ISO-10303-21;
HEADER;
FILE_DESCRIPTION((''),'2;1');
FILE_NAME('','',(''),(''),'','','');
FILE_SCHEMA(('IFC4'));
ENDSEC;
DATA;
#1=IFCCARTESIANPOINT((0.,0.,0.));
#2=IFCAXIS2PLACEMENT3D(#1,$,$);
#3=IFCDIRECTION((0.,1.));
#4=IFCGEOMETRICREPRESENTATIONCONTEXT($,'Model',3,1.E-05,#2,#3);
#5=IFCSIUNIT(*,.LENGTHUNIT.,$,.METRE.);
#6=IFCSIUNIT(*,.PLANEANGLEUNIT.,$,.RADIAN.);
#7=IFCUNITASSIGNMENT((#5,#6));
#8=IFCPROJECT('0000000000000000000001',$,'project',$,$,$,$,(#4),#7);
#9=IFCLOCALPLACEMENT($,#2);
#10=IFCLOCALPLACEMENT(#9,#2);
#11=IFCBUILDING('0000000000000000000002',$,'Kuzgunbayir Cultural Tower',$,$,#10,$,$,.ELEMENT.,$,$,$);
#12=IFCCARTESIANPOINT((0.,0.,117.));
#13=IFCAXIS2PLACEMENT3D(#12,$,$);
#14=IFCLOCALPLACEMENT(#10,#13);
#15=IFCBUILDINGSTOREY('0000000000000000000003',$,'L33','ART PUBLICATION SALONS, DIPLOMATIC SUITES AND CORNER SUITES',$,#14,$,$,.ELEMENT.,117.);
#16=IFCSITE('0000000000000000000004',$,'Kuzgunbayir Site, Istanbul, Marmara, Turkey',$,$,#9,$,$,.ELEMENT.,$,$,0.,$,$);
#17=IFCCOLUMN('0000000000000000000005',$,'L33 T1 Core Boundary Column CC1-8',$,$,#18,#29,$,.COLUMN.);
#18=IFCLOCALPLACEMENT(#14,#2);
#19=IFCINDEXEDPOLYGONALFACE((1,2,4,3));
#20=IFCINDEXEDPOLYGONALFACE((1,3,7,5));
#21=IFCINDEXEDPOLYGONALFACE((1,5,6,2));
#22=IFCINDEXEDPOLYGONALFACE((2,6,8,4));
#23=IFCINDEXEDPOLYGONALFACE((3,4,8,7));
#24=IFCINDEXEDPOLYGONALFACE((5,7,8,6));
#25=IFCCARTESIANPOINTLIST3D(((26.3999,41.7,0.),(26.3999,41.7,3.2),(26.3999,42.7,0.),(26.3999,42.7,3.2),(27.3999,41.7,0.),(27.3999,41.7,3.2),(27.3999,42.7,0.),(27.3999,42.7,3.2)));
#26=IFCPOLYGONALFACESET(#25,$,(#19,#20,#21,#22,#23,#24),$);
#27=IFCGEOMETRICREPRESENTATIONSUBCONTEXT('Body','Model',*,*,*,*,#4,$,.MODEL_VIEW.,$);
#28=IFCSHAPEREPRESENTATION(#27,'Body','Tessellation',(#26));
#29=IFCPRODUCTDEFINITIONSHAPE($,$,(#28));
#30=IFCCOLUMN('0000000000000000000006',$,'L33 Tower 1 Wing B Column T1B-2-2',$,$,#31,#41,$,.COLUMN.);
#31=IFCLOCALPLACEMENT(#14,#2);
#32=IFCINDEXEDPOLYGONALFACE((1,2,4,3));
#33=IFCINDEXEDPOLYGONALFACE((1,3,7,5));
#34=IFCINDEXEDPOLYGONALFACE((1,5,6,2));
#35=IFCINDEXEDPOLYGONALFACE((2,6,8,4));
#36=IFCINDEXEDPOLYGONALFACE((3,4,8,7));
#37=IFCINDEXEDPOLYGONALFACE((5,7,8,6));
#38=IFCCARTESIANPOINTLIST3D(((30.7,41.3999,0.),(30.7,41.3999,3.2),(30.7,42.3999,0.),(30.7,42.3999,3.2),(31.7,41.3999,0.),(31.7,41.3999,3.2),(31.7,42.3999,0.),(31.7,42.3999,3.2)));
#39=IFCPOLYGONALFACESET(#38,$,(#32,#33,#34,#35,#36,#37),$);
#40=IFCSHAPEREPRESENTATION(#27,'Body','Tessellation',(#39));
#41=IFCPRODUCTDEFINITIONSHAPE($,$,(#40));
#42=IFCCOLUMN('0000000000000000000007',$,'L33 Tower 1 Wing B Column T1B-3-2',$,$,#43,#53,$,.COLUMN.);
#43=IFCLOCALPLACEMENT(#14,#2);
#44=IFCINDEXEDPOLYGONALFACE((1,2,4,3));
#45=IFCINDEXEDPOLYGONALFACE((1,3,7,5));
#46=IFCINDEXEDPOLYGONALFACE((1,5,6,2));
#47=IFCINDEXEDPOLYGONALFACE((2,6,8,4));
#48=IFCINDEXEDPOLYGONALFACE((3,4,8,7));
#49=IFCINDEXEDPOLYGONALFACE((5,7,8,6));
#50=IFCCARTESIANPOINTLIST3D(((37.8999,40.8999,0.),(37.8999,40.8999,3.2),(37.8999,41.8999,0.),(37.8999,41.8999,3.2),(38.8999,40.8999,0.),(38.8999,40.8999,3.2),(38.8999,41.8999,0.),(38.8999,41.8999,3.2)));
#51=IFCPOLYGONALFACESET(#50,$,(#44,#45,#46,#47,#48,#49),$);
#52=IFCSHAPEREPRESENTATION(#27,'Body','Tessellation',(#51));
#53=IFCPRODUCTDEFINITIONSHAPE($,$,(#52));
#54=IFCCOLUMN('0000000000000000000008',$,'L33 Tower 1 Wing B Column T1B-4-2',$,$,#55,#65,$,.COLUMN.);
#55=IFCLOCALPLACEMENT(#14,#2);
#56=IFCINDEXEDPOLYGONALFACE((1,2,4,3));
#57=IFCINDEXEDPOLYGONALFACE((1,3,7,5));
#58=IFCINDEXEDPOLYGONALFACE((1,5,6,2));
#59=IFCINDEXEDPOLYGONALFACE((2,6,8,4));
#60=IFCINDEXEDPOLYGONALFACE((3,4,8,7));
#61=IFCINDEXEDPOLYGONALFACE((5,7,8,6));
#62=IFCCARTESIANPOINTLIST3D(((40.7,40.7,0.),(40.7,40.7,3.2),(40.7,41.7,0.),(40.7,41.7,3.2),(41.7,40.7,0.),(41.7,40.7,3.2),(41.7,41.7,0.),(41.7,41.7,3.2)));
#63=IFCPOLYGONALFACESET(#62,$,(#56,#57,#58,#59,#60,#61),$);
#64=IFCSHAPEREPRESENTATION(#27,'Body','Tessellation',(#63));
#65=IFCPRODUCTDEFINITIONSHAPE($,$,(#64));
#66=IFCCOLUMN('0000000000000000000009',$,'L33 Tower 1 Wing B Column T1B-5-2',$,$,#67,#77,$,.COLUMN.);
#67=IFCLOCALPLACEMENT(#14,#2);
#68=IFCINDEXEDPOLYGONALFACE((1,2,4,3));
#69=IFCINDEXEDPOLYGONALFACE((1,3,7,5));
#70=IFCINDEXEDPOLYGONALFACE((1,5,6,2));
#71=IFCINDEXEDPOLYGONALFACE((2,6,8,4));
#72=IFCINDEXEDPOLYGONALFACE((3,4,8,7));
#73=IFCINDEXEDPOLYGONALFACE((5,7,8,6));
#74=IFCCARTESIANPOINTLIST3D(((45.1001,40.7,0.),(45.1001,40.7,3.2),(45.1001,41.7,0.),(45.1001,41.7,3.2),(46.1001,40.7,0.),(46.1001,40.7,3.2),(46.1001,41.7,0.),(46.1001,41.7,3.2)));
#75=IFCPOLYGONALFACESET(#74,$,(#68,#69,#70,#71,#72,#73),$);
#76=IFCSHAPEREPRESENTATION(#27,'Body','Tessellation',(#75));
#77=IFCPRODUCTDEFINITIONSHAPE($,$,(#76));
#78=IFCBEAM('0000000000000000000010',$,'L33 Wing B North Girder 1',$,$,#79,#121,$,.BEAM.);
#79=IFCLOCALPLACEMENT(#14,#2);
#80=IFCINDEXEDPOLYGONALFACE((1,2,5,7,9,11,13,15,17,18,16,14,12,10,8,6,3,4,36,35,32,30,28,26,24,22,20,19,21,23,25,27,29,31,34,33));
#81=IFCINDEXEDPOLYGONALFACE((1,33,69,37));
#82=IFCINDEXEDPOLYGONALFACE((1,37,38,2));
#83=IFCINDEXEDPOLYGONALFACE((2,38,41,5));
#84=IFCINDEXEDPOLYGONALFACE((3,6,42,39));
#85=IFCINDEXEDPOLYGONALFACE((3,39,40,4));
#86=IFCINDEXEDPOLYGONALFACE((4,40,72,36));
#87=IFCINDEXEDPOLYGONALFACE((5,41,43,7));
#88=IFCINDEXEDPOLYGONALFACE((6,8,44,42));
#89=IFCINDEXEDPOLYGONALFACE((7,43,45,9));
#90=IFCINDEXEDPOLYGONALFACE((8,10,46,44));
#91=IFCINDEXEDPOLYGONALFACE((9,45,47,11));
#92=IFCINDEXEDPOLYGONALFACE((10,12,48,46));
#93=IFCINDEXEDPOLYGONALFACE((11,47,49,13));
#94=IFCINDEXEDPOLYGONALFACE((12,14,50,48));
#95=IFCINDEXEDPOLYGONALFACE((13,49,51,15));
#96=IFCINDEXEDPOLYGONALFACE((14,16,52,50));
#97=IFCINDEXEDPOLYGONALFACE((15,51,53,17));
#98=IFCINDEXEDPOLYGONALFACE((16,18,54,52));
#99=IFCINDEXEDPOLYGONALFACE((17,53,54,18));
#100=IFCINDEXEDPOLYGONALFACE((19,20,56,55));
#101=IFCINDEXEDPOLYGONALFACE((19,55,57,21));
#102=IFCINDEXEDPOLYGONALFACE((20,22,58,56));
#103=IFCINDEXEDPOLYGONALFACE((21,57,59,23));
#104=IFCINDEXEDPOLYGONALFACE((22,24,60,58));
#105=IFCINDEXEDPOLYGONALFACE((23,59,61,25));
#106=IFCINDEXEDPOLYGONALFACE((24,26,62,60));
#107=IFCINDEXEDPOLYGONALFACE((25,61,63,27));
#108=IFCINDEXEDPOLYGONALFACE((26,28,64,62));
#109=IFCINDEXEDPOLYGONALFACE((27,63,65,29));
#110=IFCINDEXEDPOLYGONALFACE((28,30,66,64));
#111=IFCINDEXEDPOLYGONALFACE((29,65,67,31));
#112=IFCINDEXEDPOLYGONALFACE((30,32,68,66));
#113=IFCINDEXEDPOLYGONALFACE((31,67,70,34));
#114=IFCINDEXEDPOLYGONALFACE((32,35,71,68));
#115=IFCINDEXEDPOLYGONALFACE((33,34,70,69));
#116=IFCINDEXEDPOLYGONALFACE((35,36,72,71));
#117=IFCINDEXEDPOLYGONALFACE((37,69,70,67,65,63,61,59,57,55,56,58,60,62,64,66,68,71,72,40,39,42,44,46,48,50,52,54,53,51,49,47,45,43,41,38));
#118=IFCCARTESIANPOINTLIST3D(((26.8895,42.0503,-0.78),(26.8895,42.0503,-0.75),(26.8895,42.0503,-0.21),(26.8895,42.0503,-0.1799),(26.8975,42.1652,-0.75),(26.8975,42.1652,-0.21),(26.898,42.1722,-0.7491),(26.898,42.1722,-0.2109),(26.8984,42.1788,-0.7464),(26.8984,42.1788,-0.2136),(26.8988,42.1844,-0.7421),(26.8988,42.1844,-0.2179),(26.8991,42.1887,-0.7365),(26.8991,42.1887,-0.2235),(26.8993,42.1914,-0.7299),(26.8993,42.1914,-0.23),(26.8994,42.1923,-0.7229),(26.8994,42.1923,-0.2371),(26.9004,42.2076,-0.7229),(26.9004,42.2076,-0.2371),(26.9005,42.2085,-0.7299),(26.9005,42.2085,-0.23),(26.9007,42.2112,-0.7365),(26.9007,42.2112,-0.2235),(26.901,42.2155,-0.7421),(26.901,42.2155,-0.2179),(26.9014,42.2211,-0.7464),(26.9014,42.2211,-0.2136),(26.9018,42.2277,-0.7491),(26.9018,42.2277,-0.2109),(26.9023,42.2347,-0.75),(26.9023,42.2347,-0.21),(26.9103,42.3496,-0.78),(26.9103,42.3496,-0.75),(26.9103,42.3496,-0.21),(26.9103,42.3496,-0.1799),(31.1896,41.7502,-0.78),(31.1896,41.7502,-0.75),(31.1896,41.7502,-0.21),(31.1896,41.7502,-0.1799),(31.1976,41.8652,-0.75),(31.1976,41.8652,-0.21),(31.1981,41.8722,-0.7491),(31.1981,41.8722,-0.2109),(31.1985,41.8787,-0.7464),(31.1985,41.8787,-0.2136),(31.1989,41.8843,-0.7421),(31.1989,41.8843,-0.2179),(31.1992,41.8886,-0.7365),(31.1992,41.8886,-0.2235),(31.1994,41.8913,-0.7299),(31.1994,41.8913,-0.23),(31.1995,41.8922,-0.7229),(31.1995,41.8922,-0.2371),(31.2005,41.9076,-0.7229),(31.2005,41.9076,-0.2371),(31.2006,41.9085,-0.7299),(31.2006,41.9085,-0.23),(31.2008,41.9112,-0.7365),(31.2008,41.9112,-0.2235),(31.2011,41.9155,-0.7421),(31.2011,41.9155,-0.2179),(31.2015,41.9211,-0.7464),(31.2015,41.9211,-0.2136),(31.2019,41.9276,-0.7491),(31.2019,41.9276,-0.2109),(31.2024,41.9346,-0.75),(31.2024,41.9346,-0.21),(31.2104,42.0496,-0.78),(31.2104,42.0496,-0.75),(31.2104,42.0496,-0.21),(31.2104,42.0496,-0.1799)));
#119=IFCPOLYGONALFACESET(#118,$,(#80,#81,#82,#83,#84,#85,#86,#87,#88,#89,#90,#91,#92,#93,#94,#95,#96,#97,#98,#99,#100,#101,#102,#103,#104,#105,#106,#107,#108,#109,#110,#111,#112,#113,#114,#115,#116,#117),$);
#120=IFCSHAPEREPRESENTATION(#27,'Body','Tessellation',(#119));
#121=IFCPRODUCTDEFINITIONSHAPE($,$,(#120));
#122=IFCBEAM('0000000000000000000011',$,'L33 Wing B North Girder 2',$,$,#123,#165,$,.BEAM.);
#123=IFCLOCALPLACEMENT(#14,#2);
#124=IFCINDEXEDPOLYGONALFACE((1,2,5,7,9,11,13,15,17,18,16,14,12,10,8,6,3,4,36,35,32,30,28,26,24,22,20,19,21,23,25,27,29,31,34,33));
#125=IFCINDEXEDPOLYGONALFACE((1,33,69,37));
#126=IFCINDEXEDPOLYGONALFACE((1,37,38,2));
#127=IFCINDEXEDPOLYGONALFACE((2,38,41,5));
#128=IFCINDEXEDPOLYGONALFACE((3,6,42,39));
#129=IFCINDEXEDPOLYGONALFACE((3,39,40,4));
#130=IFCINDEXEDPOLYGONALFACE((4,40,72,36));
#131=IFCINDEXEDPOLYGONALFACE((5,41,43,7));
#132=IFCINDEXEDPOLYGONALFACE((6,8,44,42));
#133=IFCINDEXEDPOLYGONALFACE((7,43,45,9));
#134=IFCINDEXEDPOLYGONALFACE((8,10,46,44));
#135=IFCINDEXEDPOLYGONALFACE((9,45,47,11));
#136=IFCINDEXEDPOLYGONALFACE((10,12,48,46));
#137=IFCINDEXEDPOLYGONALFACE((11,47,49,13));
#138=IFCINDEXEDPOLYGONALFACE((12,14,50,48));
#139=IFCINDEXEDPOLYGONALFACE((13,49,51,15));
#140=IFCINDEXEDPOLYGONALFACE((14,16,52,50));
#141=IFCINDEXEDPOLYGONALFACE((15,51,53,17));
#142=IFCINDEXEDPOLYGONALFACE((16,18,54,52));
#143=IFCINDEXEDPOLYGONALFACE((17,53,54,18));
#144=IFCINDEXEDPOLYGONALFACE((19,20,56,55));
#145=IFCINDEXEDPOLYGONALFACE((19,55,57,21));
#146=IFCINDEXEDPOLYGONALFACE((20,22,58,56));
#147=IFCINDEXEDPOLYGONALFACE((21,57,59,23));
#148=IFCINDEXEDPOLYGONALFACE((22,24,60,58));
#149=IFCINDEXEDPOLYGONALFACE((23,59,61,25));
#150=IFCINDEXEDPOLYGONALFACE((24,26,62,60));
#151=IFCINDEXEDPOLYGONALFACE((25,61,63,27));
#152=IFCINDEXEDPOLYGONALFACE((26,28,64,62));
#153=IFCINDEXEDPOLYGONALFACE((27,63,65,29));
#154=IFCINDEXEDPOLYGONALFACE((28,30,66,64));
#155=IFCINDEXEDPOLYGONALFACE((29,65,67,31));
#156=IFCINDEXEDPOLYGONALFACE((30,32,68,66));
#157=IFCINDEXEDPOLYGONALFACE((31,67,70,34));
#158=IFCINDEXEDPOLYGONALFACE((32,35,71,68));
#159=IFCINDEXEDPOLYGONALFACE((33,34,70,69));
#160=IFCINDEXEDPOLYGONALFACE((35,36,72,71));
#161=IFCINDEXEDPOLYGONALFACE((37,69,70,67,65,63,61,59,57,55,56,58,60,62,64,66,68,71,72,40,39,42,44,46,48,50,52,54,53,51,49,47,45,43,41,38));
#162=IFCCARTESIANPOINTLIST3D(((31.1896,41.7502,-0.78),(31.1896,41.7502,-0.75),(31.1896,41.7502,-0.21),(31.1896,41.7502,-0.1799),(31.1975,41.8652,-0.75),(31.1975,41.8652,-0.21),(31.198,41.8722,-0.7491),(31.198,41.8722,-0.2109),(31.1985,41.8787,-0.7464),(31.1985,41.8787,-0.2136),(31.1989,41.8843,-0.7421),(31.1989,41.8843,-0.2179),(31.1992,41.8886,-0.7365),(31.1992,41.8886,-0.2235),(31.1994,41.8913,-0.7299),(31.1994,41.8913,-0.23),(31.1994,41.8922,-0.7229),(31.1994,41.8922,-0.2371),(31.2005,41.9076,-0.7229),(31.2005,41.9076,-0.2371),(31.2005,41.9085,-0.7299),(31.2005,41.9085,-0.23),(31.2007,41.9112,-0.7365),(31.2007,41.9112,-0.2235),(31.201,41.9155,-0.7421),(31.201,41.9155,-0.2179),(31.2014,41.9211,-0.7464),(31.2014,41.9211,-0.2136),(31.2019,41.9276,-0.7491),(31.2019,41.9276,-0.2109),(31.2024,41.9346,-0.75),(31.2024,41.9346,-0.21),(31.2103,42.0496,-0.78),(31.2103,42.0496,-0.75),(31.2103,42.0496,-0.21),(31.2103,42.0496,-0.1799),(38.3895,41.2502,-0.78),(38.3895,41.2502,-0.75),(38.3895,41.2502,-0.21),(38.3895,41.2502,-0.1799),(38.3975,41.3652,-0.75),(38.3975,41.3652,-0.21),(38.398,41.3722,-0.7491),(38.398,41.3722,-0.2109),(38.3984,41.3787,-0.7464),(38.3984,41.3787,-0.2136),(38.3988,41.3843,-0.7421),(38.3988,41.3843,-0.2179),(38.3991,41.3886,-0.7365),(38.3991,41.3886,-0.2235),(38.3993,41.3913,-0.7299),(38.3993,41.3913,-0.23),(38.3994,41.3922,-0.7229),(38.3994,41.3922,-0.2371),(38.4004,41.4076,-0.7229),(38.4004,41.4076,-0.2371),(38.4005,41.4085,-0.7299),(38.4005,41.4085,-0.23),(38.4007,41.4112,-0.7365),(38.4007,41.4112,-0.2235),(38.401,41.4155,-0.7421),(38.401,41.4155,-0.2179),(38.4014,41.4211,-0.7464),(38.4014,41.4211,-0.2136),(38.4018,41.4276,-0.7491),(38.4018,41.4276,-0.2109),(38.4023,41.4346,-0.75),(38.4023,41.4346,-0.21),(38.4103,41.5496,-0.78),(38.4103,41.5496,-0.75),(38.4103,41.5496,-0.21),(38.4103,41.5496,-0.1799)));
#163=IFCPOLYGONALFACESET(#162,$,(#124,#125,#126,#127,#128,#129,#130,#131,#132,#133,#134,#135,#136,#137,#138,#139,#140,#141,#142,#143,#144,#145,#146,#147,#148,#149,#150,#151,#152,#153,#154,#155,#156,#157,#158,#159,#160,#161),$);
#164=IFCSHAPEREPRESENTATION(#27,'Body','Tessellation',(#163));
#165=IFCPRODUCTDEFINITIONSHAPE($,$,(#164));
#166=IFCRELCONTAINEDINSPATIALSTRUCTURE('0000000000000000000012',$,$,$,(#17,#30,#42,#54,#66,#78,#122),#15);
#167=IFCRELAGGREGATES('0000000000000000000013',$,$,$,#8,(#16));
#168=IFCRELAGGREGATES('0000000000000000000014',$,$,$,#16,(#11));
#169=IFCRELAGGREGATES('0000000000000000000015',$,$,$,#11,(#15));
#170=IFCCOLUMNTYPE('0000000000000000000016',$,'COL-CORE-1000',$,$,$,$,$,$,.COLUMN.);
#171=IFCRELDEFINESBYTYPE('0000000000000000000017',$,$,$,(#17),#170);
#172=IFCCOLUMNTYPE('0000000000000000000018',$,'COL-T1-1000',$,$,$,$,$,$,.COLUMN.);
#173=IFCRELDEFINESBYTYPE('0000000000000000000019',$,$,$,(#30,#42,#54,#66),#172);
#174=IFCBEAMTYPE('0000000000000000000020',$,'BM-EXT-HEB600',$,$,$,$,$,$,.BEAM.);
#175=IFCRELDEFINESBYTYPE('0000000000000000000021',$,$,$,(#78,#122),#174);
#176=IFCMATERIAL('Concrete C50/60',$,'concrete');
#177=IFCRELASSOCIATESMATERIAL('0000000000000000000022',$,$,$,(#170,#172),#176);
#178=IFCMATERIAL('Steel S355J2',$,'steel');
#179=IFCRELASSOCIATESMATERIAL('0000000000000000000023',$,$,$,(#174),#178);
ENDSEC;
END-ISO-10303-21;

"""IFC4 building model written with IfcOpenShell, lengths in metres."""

from ifc_helpers import new_model, si_unit, direction, frame, origin, origin_2d, place, context, subcontext, project, spatial, rectangle, i_section, extrude, material, material_profile, profile_set, type_object, element, save


model = new_model("IFC4")

# Units and contexts
model_context = context("Model", 3, precision=1e-05, world=origin(), true_north=direction((0.0, 1.0)))
body_context = subcontext(model_context, "Body", "Model", "MODEL_VIEW")
ifc_project = project(units=[si_unit("LENGTHUNIT", "METRE"), si_unit("PLANEANGLEUNIT", "RADIAN")], contexts=[model_context])

# Site, building, storey
site_placement = place(None, origin())
site = spatial("IfcSite", under=ifc_project, at=site_placement, Name="Kuzgunbayir Site, Istanbul, Marmara, Turkey", CompositionType="ELEMENT", RefElevation=0.0)
building_placement = place(site_placement, origin())
building = spatial("IfcBuilding", under=site, at=building_placement, Name="Kuzgunbayir Cultural Tower", CompositionType="ELEMENT")
storey_placement = place(building_placement, frame((0.0, 0.0, 117.0)))
storey = spatial("IfcBuildingStorey", under=building, at=storey_placement, Name="L33", Description="ART PUBLICATION SALONS, DIPLOMATIC SUITES AND CORNER SUITES", CompositionType="ELEMENT", Elevation=117.0)

# Columns
ifc_material_1 = material(Name="Concrete C50/60", Category="concrete")
ifc_material_profile_1 = material_profile(ifc_material_1, rectangle(XDim=1.0, YDim=1.0, at=origin_2d()), Name="RC 1000x1000")
ifc_profile_set_1 = profile_set([ifc_material_profile_1], Name="Concrete C50/60")
column_type_1 = type_object("IfcColumnType", Name="COL-CORE-1000", PredefinedType="COLUMN", material=ifc_profile_set_1)
column_placement = place(storey_placement, frame((26.8999, 42.2, 0.0), z_axis=(0.0, 0.0, 1.0), x_axis=(1.0, 0.0, 0.0)))
element("IfcColumn", 1, at=column_placement, inside=storey, type_object=column_type_1, Name="L33 T1 Core Boundary Column CC1-8", PredefinedType="COLUMN", context=body_context, shape_type="SweptSolid", body=[
    extrude(rectangle(XDim=1.0, YDim=1.0, at=origin_2d()), origin(), (0.0, 0.0, 1.0), 3.2),
])
ifc_material_profile_2 = material_profile(ifc_material_1, rectangle(XDim=1.0, YDim=1.0, at=origin_2d()), Name="RC 1000x1000")
ifc_profile_set_2 = profile_set([ifc_material_profile_2], Name="Concrete C50/60")
column_type_2 = type_object("IfcColumnType", Name="COL-T1-1000", PredefinedType="COLUMN", material=ifc_profile_set_2)
for number, where, z_axis, x_axis, name in (
    (2, (31.2, 41.8999, 0.0), (0.0, 0.0, 1.0), (1.0, 0.0, 0.0), "L33 Tower 1 Wing B Column T1B-2-2"),
    (3, (38.3999, 41.3999, 0.0), (0.0, 0.0, 1.0), (1.0, 0.0, 0.0), "L33 Tower 1 Wing B Column T1B-3-2"),
    (4, (41.2, 41.2, 0.0), (0.0, 0.0, 1.0), (1.0, 0.0, 0.0), "L33 Tower 1 Wing B Column T1B-4-2"),
    (5, (45.6001, 41.2, 0.0), (0.0, 0.0, 1.0), (1.0, 0.0, 0.0), "L33 Tower 1 Wing B Column T1B-5-2"),
):
    element("IfcColumn", number, at=place(storey_placement, frame(where, z_axis=z_axis, x_axis=x_axis)), inside=storey, type_object=column_type_2, Name=name, PredefinedType="COLUMN", context=body_context, shape_type="SweptSolid", body=[
        extrude(rectangle(XDim=1.0, YDim=1.0, at=origin_2d()), origin(), (0.0, 0.0, 1.0), 3.2),
    ])

# Beams
ifc_material_2 = material(Name="Steel S355J2", Category="steel")
ifc_material_profile_3 = material_profile(ifc_material_2, i_section(OverallWidth=0.3, OverallDepth=0.6001, WebThickness=0.0154, FlangeThickness=0.03, FilletRadius=0.0271, at=origin_2d()), Name="HEB 600")
ifc_profile_set_3 = profile_set([ifc_material_profile_3], Name="Steel S355J2")
beam_type_1 = type_object("IfcBeamType", Name="BM-EXT-HEB600", PredefinedType="BEAM", material=ifc_profile_set_3)
beam_1_placement = place(storey_placement, frame((26.8999, 42.2, -0.48), z_axis=(0.997574, -0.069609, 0.0), x_axis=(0.069609, 0.997574, 0.0)))
element("IfcBeam", 6, at=beam_1_placement, inside=storey, type_object=beam_type_1, Name="L33 Wing B North Girder 1", PredefinedType="BEAM", context=body_context, shape_type="SweptSolid", body=[
    extrude(i_section(OverallWidth=0.3, OverallDepth=0.6001, WebThickness=0.0154, FlangeThickness=0.03, FilletRadius=0.0271, at=origin_2d()), origin(), (0.0, 0.0, 1.0), 4.3105),
])
beam_2_placement = place(storey_placement, frame((31.2, 41.8999, -0.48), z_axis=(0.997597, -0.069278, 0.0), x_axis=(0.069278, 0.997597, 0.0)))
element("IfcBeam", 7, at=beam_2_placement, inside=storey, type_object=beam_type_1, Name="L33 Wing B North Girder 2", PredefinedType="BEAM", context=body_context, shape_type="SweptSolid", body=[
    extrude(i_section(OverallWidth=0.3, OverallDepth=0.6001, WebThickness=0.0154, FlangeThickness=0.03, FilletRadius=0.0271, at=origin_2d()), origin(), (0.0, 0.0, 1.0), 7.2173),
])

save(model, "model.ifc")
